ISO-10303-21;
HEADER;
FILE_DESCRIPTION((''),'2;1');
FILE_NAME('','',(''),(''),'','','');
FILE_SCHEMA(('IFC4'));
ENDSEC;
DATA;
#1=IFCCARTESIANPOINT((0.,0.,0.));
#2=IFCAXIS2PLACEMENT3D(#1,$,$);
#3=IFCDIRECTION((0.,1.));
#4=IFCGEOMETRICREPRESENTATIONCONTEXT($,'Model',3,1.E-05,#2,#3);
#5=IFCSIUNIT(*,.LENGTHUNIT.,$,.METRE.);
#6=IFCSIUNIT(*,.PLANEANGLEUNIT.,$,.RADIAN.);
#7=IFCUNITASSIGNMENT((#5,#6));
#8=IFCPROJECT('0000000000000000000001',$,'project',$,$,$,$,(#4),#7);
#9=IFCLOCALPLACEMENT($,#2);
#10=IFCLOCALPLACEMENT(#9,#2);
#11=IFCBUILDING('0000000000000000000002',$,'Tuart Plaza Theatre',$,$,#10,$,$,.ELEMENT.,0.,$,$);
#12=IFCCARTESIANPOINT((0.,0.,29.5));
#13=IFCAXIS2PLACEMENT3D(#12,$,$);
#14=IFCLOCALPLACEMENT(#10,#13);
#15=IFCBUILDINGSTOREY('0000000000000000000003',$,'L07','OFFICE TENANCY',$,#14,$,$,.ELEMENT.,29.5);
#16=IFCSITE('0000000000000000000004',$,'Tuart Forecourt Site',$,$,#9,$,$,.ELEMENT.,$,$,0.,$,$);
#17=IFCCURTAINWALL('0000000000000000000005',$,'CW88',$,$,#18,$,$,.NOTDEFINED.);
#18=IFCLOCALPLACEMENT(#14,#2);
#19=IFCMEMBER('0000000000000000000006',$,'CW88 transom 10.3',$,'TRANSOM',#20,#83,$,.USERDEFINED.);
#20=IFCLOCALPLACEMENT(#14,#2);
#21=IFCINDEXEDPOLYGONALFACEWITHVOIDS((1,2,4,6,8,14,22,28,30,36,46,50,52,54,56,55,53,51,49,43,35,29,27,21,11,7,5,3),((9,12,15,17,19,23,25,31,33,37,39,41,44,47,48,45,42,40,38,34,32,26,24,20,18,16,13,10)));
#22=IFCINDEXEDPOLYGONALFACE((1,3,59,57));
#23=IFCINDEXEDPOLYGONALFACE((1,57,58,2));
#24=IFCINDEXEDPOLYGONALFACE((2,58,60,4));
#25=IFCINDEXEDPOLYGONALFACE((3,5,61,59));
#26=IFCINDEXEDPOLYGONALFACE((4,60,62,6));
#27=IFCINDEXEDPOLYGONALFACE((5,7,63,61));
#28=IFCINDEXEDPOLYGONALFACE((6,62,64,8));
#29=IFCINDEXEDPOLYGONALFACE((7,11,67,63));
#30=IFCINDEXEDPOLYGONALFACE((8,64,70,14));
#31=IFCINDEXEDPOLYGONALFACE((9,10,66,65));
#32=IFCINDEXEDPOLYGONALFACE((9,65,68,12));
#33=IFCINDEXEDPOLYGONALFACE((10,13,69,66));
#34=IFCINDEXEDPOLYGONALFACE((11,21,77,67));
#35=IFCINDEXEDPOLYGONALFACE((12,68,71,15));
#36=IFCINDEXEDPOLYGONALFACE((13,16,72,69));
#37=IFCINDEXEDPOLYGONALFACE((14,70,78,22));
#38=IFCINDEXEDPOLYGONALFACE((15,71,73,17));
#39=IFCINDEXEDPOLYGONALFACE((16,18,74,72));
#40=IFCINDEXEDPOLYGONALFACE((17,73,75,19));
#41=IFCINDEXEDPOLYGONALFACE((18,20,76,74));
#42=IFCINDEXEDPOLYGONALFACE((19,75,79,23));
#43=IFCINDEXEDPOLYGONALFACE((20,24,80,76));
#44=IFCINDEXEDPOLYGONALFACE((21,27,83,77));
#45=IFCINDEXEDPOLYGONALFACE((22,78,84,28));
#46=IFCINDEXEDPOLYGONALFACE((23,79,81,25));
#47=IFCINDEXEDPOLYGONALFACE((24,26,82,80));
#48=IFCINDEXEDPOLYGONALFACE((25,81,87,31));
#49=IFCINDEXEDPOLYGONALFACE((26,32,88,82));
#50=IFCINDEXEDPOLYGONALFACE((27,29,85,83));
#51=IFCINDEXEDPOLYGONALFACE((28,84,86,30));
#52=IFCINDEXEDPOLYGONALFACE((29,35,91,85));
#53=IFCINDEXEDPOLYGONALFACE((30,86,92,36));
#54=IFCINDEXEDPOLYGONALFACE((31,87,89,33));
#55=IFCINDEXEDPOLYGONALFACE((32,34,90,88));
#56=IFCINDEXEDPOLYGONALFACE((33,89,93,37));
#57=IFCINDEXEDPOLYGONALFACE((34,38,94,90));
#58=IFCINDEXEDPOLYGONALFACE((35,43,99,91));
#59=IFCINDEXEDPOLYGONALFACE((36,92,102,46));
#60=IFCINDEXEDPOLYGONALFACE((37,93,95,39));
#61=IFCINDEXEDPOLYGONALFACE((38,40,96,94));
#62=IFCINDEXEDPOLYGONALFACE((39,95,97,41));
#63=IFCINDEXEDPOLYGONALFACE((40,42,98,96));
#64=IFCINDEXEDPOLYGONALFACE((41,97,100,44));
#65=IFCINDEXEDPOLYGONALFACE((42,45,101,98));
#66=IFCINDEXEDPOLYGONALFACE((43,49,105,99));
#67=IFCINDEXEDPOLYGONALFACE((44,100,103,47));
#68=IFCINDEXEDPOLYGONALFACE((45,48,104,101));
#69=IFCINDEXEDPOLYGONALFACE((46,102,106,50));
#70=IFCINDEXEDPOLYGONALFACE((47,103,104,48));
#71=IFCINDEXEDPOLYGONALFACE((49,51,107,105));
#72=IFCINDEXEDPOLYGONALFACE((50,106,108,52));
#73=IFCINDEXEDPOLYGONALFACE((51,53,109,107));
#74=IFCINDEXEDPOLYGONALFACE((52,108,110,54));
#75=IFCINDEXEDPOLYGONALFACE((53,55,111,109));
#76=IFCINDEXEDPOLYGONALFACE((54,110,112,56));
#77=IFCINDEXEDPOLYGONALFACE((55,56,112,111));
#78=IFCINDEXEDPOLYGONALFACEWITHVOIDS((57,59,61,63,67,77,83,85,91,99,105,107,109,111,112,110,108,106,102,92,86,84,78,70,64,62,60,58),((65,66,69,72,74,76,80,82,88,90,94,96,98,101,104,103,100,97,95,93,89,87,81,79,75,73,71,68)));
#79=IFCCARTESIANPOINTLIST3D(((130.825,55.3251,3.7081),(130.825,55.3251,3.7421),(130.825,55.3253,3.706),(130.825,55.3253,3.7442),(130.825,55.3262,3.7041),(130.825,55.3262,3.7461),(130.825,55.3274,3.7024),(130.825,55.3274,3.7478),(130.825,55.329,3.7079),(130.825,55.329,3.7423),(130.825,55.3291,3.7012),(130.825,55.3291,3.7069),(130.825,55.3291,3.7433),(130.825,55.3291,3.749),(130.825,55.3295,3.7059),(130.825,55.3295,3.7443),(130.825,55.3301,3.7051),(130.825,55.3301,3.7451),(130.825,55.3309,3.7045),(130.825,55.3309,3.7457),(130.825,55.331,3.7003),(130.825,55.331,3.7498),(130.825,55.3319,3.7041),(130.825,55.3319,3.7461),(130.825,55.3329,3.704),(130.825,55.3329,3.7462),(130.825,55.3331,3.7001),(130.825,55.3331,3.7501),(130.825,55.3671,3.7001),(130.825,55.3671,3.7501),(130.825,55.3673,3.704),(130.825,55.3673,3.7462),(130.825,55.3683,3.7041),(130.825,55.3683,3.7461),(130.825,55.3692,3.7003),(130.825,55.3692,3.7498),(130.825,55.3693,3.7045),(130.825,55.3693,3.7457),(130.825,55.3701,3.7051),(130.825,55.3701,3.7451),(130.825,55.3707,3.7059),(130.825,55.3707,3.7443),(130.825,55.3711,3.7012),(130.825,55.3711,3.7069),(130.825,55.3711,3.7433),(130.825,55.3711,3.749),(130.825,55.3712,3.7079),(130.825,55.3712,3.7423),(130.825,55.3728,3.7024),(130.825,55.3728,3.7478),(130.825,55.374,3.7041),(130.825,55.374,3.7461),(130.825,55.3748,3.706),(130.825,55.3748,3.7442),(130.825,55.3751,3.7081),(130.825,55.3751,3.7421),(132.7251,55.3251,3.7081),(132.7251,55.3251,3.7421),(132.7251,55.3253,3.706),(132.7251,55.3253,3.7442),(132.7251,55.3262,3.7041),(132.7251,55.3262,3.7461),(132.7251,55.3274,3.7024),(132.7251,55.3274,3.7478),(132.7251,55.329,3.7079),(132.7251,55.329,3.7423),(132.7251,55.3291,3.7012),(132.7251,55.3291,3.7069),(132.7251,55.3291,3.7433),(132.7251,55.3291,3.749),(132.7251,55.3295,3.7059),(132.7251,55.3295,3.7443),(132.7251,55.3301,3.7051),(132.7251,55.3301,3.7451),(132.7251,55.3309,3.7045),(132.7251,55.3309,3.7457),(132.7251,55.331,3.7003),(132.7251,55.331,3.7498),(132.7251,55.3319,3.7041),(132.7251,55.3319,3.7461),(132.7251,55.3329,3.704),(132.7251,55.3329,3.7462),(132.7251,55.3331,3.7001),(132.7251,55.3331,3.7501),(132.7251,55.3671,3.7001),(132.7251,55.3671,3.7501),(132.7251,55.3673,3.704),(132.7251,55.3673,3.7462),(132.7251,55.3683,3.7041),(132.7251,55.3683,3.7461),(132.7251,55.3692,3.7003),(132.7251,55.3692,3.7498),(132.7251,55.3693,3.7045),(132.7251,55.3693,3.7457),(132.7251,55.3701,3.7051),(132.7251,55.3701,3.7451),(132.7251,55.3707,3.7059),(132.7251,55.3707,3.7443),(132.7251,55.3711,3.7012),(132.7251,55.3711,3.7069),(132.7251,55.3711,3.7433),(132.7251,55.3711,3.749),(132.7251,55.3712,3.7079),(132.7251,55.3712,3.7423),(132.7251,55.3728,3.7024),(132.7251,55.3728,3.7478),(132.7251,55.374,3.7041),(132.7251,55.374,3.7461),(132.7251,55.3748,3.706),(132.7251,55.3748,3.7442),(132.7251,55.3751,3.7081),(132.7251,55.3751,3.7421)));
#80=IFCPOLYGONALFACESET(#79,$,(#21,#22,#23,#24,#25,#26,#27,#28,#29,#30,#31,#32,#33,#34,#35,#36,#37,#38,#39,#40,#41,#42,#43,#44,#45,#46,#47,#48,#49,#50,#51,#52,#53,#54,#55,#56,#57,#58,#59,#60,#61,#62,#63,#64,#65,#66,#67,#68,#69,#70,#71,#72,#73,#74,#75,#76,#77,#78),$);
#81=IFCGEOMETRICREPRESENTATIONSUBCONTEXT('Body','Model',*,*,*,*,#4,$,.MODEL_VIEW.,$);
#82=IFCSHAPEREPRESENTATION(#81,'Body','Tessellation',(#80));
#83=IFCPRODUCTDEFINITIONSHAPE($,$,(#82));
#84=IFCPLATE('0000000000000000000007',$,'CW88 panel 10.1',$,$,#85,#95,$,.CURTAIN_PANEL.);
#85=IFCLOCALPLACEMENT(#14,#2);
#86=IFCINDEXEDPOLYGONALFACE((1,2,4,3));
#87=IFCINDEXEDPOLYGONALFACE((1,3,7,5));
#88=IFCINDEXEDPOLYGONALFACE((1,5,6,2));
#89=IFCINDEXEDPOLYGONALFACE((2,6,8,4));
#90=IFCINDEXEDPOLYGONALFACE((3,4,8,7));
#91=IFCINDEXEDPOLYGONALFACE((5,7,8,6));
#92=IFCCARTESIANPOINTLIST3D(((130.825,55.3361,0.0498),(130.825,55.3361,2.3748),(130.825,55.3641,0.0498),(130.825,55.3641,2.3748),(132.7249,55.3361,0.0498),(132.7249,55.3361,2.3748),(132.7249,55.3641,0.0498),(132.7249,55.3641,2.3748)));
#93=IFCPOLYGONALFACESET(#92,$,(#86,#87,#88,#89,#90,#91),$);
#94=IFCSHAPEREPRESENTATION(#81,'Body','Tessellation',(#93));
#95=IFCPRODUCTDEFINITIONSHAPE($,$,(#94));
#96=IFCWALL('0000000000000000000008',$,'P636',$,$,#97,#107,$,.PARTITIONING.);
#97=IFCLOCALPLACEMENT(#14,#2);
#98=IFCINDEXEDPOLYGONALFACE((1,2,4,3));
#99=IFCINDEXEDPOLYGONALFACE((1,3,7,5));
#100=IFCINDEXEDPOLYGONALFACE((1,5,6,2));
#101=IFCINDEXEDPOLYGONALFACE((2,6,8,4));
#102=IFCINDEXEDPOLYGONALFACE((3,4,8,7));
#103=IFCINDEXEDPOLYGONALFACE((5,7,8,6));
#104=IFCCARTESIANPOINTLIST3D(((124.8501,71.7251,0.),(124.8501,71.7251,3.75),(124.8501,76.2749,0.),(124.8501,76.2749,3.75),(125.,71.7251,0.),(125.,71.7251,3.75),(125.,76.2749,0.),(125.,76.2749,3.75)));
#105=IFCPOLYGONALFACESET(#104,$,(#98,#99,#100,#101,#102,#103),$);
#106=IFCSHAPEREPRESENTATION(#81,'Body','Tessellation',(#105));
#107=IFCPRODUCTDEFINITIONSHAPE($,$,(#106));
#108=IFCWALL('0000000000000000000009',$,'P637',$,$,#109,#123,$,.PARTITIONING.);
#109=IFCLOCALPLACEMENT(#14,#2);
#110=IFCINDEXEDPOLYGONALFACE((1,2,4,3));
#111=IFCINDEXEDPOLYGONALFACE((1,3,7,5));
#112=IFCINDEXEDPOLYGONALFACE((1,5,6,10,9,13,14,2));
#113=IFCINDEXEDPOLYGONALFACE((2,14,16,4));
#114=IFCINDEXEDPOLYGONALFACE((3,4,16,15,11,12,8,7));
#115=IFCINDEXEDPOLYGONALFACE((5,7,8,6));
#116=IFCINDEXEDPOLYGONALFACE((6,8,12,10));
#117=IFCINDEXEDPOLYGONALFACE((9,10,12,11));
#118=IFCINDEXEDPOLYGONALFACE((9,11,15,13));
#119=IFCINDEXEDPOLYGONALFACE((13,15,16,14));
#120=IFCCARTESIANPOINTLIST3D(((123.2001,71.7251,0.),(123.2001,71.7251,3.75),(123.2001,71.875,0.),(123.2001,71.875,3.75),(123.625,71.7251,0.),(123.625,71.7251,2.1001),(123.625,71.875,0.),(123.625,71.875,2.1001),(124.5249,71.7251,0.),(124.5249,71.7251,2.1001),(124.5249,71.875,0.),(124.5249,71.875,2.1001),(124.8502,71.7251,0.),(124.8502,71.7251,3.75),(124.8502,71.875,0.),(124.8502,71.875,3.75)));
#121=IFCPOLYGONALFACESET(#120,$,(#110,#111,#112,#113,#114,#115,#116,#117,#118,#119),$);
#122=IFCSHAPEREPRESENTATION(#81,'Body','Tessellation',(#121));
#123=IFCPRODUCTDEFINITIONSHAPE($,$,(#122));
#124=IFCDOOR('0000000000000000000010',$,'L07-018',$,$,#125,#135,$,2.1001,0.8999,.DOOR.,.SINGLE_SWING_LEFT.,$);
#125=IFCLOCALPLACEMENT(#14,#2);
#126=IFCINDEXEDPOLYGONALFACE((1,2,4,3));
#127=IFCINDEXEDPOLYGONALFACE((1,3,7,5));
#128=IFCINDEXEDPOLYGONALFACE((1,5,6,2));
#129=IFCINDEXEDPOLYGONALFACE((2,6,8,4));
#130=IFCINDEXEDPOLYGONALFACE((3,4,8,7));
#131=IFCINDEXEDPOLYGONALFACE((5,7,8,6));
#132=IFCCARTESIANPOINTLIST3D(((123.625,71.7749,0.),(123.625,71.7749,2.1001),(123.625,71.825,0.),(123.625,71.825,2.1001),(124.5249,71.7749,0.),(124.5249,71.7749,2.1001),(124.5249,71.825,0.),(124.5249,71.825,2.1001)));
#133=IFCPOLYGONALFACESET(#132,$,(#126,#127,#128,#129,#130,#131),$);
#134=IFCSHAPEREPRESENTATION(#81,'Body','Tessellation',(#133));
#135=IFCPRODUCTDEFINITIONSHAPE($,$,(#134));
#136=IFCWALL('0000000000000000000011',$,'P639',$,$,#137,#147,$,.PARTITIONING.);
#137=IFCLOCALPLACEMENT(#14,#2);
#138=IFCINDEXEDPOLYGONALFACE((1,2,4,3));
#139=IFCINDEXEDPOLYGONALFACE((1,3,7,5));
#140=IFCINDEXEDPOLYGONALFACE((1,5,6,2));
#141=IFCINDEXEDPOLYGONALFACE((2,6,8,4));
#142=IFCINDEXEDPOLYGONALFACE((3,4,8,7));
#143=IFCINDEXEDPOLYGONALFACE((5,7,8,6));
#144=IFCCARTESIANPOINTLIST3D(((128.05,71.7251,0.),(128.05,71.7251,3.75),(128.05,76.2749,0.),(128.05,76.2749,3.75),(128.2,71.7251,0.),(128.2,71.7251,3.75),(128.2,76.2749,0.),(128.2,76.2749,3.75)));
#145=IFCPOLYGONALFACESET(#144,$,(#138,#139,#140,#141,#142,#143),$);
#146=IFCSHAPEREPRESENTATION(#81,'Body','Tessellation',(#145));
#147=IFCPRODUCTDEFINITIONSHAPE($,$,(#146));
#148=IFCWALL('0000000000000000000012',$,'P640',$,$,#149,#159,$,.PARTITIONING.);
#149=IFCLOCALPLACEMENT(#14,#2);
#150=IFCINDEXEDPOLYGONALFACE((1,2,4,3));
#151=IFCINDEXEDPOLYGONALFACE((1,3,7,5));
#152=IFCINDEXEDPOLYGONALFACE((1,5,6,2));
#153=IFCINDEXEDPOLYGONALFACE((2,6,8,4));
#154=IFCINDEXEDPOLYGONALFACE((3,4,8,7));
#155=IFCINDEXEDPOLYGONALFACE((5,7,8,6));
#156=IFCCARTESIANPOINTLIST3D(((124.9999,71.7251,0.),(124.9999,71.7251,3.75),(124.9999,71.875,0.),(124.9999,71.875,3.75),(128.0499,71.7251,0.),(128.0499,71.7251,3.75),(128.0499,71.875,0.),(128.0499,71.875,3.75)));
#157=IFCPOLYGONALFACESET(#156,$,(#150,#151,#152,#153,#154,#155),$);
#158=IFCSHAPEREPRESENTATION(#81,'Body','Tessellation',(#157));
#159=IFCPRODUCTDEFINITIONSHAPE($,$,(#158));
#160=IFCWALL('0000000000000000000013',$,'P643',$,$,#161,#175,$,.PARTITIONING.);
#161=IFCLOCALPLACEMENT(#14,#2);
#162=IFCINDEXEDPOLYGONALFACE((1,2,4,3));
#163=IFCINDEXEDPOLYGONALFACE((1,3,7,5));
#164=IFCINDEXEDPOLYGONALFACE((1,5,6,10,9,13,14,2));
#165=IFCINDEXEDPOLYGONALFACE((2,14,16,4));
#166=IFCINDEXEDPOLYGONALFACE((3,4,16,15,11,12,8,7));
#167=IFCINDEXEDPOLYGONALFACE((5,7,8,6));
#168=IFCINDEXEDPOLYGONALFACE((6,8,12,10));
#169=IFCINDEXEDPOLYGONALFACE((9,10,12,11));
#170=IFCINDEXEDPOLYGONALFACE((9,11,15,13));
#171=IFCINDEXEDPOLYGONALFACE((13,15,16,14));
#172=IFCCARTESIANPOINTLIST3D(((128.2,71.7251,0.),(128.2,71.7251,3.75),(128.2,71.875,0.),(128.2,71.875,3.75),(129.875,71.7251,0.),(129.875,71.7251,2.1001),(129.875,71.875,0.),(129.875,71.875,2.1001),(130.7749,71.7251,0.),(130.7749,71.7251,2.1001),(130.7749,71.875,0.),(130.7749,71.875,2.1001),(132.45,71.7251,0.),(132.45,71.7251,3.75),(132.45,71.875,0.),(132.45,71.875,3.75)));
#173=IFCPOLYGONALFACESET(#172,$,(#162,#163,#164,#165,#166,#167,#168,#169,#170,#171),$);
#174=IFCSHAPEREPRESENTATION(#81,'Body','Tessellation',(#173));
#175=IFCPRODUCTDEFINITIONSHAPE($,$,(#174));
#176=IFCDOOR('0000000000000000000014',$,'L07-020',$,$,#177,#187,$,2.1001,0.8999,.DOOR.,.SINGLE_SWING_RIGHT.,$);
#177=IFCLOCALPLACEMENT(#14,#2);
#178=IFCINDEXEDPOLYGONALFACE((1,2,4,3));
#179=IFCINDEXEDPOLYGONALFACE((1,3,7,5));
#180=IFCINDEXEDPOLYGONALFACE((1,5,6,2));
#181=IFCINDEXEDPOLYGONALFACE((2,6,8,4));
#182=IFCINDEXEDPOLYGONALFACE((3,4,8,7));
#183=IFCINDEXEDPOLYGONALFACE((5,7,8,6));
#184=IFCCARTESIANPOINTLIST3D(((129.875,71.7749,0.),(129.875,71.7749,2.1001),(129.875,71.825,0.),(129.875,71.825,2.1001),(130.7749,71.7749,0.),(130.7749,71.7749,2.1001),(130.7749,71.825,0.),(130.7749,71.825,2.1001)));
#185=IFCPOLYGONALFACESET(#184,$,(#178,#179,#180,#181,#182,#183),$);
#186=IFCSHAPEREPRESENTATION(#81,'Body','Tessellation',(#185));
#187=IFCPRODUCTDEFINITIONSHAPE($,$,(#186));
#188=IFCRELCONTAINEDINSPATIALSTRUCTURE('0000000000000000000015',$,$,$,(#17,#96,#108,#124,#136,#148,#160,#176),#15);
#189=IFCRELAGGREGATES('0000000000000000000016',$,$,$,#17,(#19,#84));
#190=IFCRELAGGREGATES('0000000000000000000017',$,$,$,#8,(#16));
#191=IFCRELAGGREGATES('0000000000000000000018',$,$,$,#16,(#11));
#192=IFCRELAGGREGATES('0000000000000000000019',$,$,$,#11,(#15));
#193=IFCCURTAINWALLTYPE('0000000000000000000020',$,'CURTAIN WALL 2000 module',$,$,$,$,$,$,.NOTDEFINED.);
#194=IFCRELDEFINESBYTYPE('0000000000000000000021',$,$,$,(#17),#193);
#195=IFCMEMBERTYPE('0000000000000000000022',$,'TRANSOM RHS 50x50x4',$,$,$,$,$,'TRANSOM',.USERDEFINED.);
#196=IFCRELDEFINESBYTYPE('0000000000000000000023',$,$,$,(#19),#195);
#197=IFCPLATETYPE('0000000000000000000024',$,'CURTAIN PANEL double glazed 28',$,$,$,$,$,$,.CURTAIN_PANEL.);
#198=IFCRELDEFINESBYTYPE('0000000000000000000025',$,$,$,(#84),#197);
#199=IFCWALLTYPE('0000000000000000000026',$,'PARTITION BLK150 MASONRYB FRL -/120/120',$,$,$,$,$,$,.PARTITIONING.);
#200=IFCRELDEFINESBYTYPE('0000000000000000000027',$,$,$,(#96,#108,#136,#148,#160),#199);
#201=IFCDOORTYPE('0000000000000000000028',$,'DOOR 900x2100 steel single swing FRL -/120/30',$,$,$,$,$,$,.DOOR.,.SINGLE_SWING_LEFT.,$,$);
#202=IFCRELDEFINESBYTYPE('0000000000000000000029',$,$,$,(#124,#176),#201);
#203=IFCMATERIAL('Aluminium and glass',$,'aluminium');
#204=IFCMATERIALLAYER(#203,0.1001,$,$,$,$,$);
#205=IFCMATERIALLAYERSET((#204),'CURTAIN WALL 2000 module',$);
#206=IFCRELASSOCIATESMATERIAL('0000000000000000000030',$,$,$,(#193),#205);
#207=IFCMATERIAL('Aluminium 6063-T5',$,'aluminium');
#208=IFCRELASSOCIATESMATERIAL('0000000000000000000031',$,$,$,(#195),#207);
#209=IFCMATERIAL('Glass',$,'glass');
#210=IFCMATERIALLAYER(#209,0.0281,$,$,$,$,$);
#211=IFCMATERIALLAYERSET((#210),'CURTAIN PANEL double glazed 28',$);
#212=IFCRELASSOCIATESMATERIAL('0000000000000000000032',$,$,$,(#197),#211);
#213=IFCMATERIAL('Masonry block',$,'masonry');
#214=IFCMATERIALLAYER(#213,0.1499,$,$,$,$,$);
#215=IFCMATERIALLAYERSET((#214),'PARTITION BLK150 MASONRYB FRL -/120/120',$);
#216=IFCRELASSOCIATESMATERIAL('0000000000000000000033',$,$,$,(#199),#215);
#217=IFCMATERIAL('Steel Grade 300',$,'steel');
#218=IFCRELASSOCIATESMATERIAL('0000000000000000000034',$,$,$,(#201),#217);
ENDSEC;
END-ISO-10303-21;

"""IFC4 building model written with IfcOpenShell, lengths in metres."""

from ifc_helpers import new_model, si_unit, direction, frame, frame_2d, origin, origin_2d, place, context, subcontext, project, spatial, rectangle, hollow_rectangle, extrude, material, layer, layer_set, material_profile, profile_set, type_object, element, fill, aggregate, save


model = new_model("IFC4")

# Units and contexts
model_context = context("Model", 3, precision=1e-05, world=origin(), true_north=direction((0.0, 1.0)))
body_context = subcontext(model_context, "Body", "Model", "MODEL_VIEW")
ifc_project = project(units=[si_unit("LENGTHUNIT", "METRE"), si_unit("PLANEANGLEUNIT", "RADIAN")], contexts=[model_context])

# Site, building, storey
site_placement = place(None, origin())
site = spatial("IfcSite", under=ifc_project, at=site_placement, Name="Tuart Forecourt Site", CompositionType="ELEMENT", RefElevation=0.0)
building_placement = place(site_placement, origin())
building = spatial("IfcBuilding", under=site, at=building_placement, Name="Tuart Plaza Theatre", CompositionType="ELEMENT", ElevationOfRefHeight=0.0)
storey_placement = place(building_placement, frame((0.0, 0.0, 29.5)))
storey = spatial("IfcBuildingStorey", under=building, at=storey_placement, Name="L07", Description="OFFICE TENANCY", CompositionType="ELEMENT", Elevation=29.5)

# Curtain wall, member, plate
ifc_material_1 = material(Name="Aluminium and glass", Category="aluminium")
ifc_layer_1 = layer(ifc_material_1, 0.1001)
ifc_layer_set_1 = layer_set([ifc_layer_1], Name="CURTAIN WALL 2000 module")
curtain_wall_type = type_object("IfcCurtainWallType", Name="CURTAIN WALL 2000 module", PredefinedType="NOTDEFINED", material=ifc_layer_set_1)
curtain_wall_placement = place(storey_placement, origin())
curtain_wall = element("IfcCurtainWall", 1, at=curtain_wall_placement, inside=storey, type_object=curtain_wall_type, Name="CW88", PredefinedType="NOTDEFINED")
ifc_material_2 = material(Name="Aluminium 6063-T5", Category="aluminium")
ifc_material_profile_1 = material_profile(ifc_material_2, hollow_rectangle(XDim=0.05, YDim=0.05, WallThickness=0.0039, InnerFilletRadius=0.0039, OuterFilletRadius=0.0081, at=origin_2d()), Name="RHS 50x50x4")
ifc_profile_set_1 = profile_set([ifc_material_profile_1], Name="Aluminium 6063-T5")
member_type = type_object("IfcMemberType", Name="TRANSOM RHS 50x50x4", ElementType="TRANSOM", PredefinedType="USERDEFINED", material=ifc_profile_set_1)
member_1_placement = place(storey_placement, frame((130.825, 55.3501, 3.7251), z_axis=(1.0, 0.0, 0.0), x_axis=(0.0, 1.0, 0.0)))
member_1 = element("IfcMember", 2, at=member_1_placement, type_object=member_type, Name="CW88 transom 10.3", ObjectType="TRANSOM", PredefinedType="USERDEFINED", context=body_context, shape_type="SweptSolid", body=[
    extrude(hollow_rectangle(XDim=0.05, YDim=0.05, WallThickness=0.0039, InnerFilletRadius=0.0039, OuterFilletRadius=0.0081, at=origin_2d()), origin(), (0.0, 0.0, 1.0), 1.9001),
])
ifc_material_3 = material(Name="Glass", Category="glass")
ifc_layer_2 = layer(ifc_material_3, 0.0281)
ifc_layer_set_2 = layer_set([ifc_layer_2], Name="CURTAIN PANEL double glazed 28")
plate_type = type_object("IfcPlateType", Name="CURTAIN PANEL double glazed 28", PredefinedType="CURTAIN_PANEL", material=ifc_layer_set_2)
plate_placement = place(storey_placement, frame((131.7749, 55.3501, 0.0498), z_axis=(0.0, 0.0, 1.0), x_axis=(1.0, 0.0, 0.0)))
plate = element("IfcPlate", 3, at=plate_placement, type_object=plate_type, Name="CW88 panel 10.1", PredefinedType="CURTAIN_PANEL", context=body_context, shape_type="SweptSolid", body=[
    extrude(rectangle(XDim=1.8999, YDim=0.0281, at=origin_2d()), origin(), (0.0, 0.0, 1.0), 2.325),
])
aggregate(curtain_wall, [member_1, plate])

# Wall
ifc_material_4 = material(Name="Masonry block", Category="masonry")
ifc_layer_3 = layer(ifc_material_4, 0.1499)
ifc_layer_set_3 = layer_set([ifc_layer_3], Name="PARTITION BLK150 MASONRYB FRL -/120/120")
wall_type_1 = type_object("IfcWallType", Name="PARTITION BLK150 MASONRYB FRL -/120/120", PredefinedType="PARTITIONING", material=ifc_layer_set_3)
wall_1_placement = place(storey_placement, frame((124.925, 71.7251, 0.0), z_axis=(0.0, 0.0, 1.0), x_axis=(0.0, 1.0, 0.0)))
element("IfcWall", 4, at=wall_1_placement, inside=storey, type_object=wall_type_1, Name="P636", PredefinedType="PARTITIONING", context=body_context, shape_type="SweptSolid", body=[
    extrude(rectangle(XDim=4.5498, YDim=0.1499, at=frame_2d((2.2749, 0.0))), origin(), (0.0, 0.0, 1.0), 3.75),
])

# Wall, opening, door
wall_2_placement = place(storey_placement, frame((123.2, 71.8, 0.0), z_axis=(0.0, 0.0, 1.0), x_axis=(1.0, 0.0, 0.0)))
wall_2 = element("IfcWall", 5, at=wall_2_placement, inside=storey, type_object=wall_type_1, Name="P637", PredefinedType="PARTITIONING", context=body_context, shape_type="SweptSolid", body=[
    extrude(rectangle(XDim=1.6501, YDim=0.1499, at=frame_2d((0.8252, 0.0))), origin(), (0.0, 0.0, 1.0), 3.75),
])
opening_1_placement = place(wall_2_placement, frame((0.425, 0.0, 0.0)))
opening_1 = element("IfcOpeningElement", 6, at=opening_1_placement, cuts=wall_2, PredefinedType="OPENING", context=body_context, shape_type="SweptSolid", body=[
    extrude(rectangle(XDim=0.8999, YDim=2.1001, at=frame_2d((0.45, 1.05))), frame((0.0, 0.085, 0.0), z_axis=(0.0, -1.0, 0.0), x_axis=(1.0, 0.0, 0.0)), (0.0, 0.0, 1.0), 0.1699),
])
ifc_material_5 = material(Name="Steel Grade 300", Category="steel")
door_type_1 = type_object("IfcDoorType", Name="DOOR 900x2100 steel single swing FRL -/120/30", OperationType="SINGLE_SWING_LEFT", PredefinedType="DOOR", material=ifc_material_5)
door_1_placement = place(opening_1_placement, origin())
door_1 = element("IfcDoor", 7, at=door_1_placement, inside=storey, type_object=door_type_1, Name="L07-018", OperationType="SINGLE_SWING_LEFT", OverallHeight=2.1001, OverallWidth=0.8999, PredefinedType="DOOR", context=body_context, shape_type="SweptSolid", body=[
    extrude(rectangle(XDim=0.8999, YDim=2.1001, at=frame_2d((0.45, 1.05))), frame((0.0, 0.0249, 0.0), z_axis=(0.0, -1.0, 0.0), x_axis=(1.0, 0.0, 0.0)), (0.0, 0.0, 1.0), 0.05),
])
fill(opening_1, door_1)

# Walls
wall_3_placement = place(storey_placement, frame((128.125, 71.7251, 0.0), z_axis=(0.0, 0.0, 1.0), x_axis=(0.0, 1.0, 0.0)))
element("IfcWall", 8, at=wall_3_placement, inside=storey, type_object=wall_type_1, Name="P639", PredefinedType="PARTITIONING", context=body_context, shape_type="SweptSolid", body=[
    extrude(rectangle(XDim=4.5498, YDim=0.1499, at=frame_2d((2.2749, 0.0))), origin(), (0.0, 0.0, 1.0), 3.75),
])
wall_4_placement = place(storey_placement, frame((125.0, 71.8, 0.0), z_axis=(0.0, 0.0, 1.0), x_axis=(1.0, 0.0, 0.0)))
element("IfcWall", 9, at=wall_4_placement, inside=storey, type_object=wall_type_1, Name="P640", PredefinedType="PARTITIONING", context=body_context, shape_type="SweptSolid", body=[
    extrude(rectangle(XDim=3.05, YDim=0.1499, at=frame_2d((1.5249, 0.0))), origin(), (0.0, 0.0, 1.0), 3.75),
])

# Wall, opening, door
wall_5_placement = place(storey_placement, frame((128.2, 71.8, 0.0), z_axis=(0.0, 0.0, 1.0), x_axis=(1.0, 0.0, 0.0)))
wall_5 = element("IfcWall", 10, at=wall_5_placement, inside=storey, type_object=wall_type_1, Name="P643", PredefinedType="PARTITIONING", context=body_context, shape_type="SweptSolid", body=[
    extrude(rectangle(XDim=4.25, YDim=0.1499, at=frame_2d((2.125, 0.0))), origin(), (0.0, 0.0, 1.0), 3.75),
])
opening_2_placement = place(wall_5_placement, frame((1.675, 0.0, 0.0)))
opening_2 = element("IfcOpeningElement", 11, at=opening_2_placement, cuts=wall_5, PredefinedType="OPENING", context=body_context, shape_type="SweptSolid", body=[
    extrude(rectangle(XDim=0.8999, YDim=2.1001, at=frame_2d((0.45, 1.05))), frame((0.0, 0.085, 0.0), z_axis=(0.0, -1.0, 0.0), x_axis=(1.0, 0.0, 0.0)), (0.0, 0.0, 1.0), 0.1699),
])
door_2_placement = place(opening_2_placement, origin())
door_2 = element("IfcDoor", 12, at=door_2_placement, inside=storey, type_object=door_type_1, Name="L07-020", OperationType="SINGLE_SWING_RIGHT", OverallHeight=2.1001, OverallWidth=0.8999, PredefinedType="DOOR", context=body_context, shape_type="SweptSolid", body=[
    extrude(rectangle(XDim=0.8999, YDim=2.1001, at=frame_2d((0.45, 1.05))), frame((0.0, 0.0249, 0.0), z_axis=(0.0, -1.0, 0.0), x_axis=(1.0, 0.0, 0.0)), (0.0, 0.0, 1.0), 0.05),
])
fill(opening_2, door_2)

save(model, "model.ifc")
